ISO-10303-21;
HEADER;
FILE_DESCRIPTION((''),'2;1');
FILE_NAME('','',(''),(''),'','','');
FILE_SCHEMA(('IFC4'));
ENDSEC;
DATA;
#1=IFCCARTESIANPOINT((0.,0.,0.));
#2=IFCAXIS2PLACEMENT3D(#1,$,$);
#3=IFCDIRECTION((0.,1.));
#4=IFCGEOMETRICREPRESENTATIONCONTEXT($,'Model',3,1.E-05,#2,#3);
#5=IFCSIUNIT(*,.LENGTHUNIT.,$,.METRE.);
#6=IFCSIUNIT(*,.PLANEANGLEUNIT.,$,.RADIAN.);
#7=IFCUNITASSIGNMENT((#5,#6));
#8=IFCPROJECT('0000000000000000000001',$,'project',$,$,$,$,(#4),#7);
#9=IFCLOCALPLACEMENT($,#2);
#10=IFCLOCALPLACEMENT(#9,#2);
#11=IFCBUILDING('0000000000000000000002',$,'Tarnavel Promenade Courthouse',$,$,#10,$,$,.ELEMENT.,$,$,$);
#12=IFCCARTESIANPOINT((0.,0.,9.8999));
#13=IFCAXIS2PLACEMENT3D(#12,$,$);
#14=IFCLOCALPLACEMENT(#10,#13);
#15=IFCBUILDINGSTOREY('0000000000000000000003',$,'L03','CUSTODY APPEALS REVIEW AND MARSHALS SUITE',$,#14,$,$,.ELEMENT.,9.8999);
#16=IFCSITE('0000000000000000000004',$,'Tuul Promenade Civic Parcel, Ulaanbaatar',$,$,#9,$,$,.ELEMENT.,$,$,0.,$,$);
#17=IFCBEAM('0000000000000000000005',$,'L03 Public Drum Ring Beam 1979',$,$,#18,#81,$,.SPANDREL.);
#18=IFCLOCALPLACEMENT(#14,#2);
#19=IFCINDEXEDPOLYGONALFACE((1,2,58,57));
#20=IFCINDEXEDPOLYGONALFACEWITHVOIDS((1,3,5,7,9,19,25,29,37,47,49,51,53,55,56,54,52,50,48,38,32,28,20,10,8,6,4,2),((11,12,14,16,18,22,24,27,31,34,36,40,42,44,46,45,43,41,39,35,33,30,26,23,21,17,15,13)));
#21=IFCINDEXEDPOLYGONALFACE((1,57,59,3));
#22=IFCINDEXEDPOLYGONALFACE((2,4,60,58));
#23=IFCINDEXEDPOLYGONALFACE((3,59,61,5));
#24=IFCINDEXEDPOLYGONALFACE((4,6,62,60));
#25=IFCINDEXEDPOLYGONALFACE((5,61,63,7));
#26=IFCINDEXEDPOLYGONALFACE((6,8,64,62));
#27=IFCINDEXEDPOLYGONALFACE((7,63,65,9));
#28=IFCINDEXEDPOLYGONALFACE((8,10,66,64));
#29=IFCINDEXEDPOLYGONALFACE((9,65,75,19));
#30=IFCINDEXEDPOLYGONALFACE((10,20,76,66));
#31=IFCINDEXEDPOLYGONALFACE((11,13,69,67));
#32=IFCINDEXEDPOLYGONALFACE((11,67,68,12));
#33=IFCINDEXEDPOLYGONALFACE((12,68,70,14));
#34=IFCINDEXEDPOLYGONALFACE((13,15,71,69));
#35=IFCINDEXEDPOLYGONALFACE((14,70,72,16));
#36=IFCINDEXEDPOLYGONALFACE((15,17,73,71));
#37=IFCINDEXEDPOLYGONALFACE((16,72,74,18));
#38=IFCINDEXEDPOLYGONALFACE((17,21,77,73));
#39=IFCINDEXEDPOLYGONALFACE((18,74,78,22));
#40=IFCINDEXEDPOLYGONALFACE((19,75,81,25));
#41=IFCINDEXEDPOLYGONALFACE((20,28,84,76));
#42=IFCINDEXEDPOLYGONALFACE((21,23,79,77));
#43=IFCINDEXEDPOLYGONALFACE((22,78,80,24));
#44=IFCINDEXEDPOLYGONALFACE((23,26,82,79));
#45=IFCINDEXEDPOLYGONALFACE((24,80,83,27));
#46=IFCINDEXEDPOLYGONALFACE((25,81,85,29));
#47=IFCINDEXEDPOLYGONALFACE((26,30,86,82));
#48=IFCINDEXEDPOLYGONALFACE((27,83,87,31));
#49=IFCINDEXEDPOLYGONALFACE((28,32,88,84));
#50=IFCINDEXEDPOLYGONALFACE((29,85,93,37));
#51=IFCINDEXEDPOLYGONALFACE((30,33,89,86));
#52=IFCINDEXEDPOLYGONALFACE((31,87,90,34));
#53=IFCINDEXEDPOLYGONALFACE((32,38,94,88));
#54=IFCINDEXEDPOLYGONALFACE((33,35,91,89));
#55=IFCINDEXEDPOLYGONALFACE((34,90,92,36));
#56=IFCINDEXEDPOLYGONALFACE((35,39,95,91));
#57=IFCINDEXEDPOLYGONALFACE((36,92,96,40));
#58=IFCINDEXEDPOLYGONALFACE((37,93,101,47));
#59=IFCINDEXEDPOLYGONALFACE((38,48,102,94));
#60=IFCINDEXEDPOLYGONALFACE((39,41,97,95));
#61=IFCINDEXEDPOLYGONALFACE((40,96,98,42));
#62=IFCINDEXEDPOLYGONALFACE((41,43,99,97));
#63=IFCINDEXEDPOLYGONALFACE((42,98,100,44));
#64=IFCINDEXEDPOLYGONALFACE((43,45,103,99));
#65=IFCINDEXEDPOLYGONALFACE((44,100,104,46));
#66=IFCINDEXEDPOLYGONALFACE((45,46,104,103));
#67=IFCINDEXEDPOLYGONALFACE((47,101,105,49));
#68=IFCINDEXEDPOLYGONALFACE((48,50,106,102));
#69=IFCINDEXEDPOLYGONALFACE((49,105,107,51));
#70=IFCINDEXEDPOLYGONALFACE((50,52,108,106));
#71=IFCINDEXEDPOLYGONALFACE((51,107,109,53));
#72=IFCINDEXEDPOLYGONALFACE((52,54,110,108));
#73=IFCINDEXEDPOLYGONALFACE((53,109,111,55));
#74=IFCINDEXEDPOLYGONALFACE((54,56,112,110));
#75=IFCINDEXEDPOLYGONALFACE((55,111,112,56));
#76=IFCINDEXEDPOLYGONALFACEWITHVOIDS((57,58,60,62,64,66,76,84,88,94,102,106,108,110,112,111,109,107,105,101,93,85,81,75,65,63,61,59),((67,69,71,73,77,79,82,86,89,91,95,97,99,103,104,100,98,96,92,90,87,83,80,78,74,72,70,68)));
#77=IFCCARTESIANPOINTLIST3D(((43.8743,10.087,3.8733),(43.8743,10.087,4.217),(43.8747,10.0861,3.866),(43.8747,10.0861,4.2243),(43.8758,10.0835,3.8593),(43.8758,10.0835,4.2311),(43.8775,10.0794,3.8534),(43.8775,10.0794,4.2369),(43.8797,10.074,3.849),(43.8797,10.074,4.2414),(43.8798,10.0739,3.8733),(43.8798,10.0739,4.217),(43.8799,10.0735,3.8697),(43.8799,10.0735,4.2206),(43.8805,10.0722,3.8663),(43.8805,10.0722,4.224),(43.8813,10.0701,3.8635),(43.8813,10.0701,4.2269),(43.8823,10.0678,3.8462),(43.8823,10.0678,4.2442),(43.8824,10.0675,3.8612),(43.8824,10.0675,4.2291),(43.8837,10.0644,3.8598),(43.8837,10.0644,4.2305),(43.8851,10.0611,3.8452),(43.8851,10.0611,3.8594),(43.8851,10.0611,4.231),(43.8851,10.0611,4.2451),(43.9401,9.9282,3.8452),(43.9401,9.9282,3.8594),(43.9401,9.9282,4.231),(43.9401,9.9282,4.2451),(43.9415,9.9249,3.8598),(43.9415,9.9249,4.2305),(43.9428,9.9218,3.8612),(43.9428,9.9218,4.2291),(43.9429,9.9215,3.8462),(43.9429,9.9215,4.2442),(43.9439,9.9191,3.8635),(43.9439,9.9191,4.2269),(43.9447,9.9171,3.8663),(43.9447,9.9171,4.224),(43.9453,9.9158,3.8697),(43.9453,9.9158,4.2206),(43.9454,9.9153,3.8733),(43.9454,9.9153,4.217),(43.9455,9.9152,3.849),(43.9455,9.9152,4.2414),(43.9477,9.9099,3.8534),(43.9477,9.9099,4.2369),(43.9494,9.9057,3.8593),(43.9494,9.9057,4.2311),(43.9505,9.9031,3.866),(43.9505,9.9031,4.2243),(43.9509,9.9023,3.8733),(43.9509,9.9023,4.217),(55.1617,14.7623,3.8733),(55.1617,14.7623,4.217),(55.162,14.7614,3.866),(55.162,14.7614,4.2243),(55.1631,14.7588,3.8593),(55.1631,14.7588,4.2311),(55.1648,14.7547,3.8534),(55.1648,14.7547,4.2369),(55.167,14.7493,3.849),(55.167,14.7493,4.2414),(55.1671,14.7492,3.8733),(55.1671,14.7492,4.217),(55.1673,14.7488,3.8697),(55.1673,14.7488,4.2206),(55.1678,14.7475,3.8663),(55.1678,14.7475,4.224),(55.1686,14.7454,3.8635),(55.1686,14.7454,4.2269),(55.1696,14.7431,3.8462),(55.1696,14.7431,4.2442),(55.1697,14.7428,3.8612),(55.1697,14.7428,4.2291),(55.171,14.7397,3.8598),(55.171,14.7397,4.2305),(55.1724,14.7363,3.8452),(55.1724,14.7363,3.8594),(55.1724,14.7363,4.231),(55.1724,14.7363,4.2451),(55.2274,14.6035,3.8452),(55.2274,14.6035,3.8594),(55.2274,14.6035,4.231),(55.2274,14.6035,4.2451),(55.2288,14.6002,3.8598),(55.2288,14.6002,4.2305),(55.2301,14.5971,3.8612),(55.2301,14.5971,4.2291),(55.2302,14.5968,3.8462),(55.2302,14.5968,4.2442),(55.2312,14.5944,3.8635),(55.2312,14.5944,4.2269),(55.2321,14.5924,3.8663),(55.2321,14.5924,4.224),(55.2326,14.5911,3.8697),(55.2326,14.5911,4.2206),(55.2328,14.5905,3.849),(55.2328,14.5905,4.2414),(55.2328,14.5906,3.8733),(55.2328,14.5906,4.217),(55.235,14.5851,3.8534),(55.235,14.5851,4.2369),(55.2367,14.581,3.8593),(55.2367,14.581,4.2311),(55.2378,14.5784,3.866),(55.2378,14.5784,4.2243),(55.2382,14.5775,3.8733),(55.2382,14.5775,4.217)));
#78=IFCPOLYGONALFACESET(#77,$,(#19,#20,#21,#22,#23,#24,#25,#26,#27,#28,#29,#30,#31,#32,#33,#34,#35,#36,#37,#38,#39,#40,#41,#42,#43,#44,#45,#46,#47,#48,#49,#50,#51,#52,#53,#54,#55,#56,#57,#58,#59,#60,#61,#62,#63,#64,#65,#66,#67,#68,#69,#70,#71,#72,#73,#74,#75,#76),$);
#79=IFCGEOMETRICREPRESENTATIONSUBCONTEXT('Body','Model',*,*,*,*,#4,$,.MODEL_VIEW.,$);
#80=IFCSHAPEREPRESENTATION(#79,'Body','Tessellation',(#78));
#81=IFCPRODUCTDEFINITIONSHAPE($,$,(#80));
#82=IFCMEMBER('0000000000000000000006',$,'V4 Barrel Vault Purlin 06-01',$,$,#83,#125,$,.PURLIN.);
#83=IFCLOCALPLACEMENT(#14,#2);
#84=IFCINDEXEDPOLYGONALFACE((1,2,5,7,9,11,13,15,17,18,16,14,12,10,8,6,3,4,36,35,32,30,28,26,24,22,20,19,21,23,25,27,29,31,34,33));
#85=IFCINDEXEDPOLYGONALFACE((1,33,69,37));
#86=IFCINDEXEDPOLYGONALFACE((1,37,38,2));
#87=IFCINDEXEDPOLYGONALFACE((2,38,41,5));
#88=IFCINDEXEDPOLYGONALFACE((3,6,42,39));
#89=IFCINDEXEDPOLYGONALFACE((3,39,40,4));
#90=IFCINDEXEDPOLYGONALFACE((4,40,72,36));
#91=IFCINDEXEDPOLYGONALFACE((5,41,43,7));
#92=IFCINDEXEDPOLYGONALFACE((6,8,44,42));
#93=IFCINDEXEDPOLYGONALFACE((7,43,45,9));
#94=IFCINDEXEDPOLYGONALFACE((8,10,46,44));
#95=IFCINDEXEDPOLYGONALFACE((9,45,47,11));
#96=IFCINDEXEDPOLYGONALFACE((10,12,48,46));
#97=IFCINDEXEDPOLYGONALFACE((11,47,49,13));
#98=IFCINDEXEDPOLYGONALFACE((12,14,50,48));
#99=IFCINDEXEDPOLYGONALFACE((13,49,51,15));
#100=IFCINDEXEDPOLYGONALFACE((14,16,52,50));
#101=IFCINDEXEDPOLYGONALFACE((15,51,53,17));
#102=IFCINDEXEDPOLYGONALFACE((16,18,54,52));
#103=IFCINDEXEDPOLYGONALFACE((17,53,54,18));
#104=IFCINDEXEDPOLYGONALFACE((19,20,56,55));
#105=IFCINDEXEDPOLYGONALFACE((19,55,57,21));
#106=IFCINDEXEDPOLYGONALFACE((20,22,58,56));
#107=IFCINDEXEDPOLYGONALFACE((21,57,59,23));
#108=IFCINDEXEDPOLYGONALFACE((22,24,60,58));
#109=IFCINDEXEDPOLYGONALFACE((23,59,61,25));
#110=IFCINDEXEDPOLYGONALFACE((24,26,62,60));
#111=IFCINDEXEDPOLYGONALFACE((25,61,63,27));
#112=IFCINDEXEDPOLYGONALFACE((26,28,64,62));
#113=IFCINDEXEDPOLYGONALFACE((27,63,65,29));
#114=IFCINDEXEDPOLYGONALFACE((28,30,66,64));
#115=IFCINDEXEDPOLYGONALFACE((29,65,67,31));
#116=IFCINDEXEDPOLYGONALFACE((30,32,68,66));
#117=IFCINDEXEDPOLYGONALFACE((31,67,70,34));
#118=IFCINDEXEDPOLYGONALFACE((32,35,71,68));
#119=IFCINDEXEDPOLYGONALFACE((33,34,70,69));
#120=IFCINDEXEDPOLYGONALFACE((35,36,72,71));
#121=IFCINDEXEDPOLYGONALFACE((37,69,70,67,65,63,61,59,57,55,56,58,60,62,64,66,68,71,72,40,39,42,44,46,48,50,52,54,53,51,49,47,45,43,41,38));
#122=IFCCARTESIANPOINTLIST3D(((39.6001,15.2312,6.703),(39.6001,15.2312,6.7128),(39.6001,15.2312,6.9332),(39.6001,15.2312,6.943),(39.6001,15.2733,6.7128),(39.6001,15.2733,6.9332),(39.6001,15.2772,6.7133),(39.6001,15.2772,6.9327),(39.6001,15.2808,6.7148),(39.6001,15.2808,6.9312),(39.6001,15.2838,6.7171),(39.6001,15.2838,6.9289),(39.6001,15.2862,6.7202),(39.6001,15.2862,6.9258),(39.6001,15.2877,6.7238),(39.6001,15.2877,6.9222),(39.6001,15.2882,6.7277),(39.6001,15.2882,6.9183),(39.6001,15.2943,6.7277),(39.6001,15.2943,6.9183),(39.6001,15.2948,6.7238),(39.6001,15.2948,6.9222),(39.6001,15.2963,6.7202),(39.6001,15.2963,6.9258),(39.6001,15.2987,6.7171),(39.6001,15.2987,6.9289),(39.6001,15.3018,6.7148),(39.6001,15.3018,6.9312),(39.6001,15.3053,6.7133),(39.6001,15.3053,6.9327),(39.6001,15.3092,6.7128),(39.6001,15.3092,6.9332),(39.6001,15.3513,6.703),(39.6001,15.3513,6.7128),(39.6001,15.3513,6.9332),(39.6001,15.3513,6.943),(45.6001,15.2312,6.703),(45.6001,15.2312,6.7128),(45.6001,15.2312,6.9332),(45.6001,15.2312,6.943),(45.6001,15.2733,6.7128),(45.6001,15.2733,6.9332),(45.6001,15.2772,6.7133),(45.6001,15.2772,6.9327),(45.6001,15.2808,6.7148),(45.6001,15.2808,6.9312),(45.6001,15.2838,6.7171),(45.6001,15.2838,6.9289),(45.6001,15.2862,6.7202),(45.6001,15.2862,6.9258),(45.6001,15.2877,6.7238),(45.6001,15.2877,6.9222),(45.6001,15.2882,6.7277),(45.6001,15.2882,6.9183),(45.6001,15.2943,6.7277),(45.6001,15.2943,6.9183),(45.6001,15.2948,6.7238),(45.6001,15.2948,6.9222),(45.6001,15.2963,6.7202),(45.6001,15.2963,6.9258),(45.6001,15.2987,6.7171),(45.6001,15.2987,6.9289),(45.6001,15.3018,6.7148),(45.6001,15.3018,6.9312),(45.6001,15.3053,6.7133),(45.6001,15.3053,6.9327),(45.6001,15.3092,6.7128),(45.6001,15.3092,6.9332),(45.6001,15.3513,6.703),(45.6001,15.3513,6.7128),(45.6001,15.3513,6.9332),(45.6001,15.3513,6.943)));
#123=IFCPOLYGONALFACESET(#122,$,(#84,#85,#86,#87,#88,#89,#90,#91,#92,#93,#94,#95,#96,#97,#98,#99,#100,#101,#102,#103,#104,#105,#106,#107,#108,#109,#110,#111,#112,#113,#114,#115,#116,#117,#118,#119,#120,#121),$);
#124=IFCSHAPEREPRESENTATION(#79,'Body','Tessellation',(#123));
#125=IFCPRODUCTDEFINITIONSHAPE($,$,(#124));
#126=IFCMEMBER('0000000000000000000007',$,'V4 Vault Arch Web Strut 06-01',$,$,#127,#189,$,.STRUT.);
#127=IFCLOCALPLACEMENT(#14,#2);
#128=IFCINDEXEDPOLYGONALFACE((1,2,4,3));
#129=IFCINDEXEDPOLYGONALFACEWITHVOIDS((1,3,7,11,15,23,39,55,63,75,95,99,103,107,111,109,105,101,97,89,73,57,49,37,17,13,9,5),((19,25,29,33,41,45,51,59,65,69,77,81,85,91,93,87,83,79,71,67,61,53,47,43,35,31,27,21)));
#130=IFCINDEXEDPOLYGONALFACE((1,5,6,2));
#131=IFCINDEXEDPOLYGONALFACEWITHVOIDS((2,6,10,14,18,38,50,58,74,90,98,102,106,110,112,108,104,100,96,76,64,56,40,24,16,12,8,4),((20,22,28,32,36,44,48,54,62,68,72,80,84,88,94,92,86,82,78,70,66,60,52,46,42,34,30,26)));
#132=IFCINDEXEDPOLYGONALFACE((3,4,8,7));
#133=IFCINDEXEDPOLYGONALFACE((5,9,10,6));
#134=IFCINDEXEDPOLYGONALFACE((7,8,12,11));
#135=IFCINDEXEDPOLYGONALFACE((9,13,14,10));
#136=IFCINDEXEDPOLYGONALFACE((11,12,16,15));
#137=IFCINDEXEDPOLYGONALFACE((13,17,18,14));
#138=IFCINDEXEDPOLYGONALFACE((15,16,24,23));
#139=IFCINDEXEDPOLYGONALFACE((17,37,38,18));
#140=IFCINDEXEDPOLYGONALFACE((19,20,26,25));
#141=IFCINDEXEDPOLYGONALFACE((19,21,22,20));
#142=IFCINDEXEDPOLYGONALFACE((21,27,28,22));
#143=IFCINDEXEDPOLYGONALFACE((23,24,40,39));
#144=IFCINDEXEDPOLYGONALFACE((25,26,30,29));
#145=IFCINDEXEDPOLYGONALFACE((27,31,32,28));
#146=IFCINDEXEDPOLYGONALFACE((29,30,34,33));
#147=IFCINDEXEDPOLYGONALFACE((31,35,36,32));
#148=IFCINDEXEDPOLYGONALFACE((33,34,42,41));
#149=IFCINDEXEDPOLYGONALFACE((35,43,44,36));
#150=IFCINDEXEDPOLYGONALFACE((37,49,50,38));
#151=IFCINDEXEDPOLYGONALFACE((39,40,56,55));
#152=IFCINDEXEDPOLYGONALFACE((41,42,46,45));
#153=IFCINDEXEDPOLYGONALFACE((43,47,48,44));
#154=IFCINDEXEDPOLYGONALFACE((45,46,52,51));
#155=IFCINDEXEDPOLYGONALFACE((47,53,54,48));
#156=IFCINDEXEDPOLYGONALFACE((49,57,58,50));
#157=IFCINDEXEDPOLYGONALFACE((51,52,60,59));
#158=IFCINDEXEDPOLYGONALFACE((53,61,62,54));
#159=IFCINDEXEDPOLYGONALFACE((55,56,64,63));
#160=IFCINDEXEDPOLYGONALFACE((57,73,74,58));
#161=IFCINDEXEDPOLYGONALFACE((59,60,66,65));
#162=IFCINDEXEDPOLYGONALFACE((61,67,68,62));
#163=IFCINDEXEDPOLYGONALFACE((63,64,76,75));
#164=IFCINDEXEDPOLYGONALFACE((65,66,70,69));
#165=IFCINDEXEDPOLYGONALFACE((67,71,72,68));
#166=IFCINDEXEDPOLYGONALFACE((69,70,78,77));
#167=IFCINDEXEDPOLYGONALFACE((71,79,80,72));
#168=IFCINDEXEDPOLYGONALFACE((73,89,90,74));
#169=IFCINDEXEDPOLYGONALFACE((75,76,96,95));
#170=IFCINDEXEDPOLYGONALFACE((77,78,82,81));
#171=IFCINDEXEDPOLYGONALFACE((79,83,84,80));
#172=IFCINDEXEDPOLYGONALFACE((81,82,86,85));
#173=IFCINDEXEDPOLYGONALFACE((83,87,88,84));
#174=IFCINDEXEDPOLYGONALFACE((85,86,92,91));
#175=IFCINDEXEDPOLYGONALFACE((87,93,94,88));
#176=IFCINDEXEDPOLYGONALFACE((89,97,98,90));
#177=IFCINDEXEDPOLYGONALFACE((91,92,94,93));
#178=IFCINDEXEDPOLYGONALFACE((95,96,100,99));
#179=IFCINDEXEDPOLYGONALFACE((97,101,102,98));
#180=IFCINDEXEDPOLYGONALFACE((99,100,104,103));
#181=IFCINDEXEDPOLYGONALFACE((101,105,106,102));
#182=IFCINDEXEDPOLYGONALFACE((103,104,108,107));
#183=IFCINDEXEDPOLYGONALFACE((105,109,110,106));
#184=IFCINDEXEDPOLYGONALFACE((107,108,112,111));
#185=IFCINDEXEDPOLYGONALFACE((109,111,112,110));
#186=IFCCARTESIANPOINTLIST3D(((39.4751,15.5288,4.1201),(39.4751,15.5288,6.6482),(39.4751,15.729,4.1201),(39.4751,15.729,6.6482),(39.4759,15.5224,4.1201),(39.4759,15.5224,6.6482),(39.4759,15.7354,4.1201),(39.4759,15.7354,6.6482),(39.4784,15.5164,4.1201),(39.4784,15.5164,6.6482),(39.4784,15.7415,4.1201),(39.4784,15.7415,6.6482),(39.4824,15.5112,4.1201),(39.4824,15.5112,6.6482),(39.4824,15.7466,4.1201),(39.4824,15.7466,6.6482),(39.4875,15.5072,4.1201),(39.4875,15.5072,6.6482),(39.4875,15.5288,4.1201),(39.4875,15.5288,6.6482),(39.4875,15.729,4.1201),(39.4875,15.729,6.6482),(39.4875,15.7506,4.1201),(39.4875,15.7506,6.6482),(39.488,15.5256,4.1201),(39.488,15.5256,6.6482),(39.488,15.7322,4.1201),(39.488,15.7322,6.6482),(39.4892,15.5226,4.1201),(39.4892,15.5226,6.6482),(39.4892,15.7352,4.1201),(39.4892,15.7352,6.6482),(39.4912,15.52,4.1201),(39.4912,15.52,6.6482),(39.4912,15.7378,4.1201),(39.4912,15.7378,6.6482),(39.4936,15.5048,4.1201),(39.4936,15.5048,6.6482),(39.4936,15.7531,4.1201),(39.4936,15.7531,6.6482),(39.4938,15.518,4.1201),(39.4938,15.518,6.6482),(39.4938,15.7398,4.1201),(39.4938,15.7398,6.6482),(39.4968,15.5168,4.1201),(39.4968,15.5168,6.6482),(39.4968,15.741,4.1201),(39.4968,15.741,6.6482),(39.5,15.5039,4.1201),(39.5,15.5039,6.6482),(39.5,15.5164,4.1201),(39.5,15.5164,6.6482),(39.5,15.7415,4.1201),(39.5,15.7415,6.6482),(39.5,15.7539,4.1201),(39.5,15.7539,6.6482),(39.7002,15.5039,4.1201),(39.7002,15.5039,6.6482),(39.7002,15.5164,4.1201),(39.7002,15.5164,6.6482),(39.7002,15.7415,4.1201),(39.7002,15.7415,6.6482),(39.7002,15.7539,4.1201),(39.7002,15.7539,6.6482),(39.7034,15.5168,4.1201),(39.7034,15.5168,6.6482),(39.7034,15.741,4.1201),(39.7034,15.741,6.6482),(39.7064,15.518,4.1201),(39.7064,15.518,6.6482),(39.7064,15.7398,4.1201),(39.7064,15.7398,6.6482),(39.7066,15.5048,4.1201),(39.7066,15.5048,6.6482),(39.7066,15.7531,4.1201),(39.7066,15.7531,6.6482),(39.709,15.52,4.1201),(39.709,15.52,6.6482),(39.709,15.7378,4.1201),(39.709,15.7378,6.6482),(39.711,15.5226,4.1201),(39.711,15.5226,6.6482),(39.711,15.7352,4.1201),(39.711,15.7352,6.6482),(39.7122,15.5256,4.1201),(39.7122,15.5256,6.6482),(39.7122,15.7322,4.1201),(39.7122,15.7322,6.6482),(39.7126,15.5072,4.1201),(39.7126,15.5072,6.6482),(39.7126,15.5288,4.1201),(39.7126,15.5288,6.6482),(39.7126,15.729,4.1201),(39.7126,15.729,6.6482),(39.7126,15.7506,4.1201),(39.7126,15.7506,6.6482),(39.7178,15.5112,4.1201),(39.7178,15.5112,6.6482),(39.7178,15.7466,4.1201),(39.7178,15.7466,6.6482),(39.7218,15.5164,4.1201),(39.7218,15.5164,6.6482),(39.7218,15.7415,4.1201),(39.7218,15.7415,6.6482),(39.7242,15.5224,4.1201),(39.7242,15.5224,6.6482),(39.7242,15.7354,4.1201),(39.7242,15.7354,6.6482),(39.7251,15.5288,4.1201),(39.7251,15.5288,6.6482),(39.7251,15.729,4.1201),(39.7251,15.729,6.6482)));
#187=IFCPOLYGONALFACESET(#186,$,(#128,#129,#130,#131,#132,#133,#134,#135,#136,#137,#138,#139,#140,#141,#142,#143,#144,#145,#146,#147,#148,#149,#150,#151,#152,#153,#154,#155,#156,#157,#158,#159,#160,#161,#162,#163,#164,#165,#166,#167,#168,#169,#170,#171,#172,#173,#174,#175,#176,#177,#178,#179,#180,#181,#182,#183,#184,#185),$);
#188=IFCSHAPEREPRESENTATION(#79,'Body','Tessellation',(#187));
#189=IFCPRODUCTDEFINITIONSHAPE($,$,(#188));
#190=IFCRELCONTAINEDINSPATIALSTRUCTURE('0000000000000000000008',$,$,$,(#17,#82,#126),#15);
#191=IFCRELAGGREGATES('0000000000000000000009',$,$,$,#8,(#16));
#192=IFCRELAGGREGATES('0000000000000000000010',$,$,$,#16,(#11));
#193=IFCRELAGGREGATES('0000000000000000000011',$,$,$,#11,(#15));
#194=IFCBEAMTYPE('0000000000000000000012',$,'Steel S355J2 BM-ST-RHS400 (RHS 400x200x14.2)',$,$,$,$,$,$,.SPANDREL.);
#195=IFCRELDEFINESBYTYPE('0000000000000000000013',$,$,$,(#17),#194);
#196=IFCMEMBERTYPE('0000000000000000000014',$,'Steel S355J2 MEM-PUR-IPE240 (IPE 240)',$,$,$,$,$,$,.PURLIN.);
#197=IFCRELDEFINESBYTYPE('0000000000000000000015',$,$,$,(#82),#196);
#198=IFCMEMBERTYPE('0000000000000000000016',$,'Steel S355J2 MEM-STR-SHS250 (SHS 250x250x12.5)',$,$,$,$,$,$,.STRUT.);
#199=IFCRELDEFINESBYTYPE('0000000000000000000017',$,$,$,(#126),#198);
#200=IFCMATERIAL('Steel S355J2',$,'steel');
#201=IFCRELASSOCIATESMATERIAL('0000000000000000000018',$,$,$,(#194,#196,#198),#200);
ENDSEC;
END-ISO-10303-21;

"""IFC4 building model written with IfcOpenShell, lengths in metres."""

from ifc_helpers import new_model, si_unit, direction, frame, origin, origin_2d, place, context, subcontext, project, spatial, hollow_rectangle, i_section, extrude, material, material_profile, profile_set, type_object, element, save


model = new_model("IFC4")

# Units and contexts
model_context = context("Model", 3, precision=1e-05, world=origin(), true_north=direction((0.0, 1.0)))
body_context = subcontext(model_context, "Body", "Model", "MODEL_VIEW")
ifc_project = project(units=[si_unit("LENGTHUNIT", "METRE"), si_unit("PLANEANGLEUNIT", "RADIAN")], contexts=[model_context])

# Site, building, storey
site_placement = place(None, origin())
site = spatial("IfcSite", under=ifc_project, at=site_placement, Name="Tuul Promenade Civic Parcel, Ulaanbaatar", CompositionType="ELEMENT", RefElevation=0.0)
building_placement = place(site_placement, origin())
building = spatial("IfcBuilding", under=site, at=building_placement, Name="Tarnavel Promenade Courthouse", CompositionType="ELEMENT")
storey_placement = place(building_placement, frame((0.0, 0.0, 9.8999)))
storey = spatial("IfcBuildingStorey", under=building, at=storey_placement, Name="L03", Description="CUSTODY APPEALS REVIEW AND MARSHALS SUITE", CompositionType="ELEMENT", Elevation=9.8999)

# Beam
ifc_material_1 = material(Name="Steel S355J2", Category="steel")
ifc_material_profile_1 = material_profile(ifc_material_1, hollow_rectangle(XDim=0.2, YDim=0.3999, WallThickness=0.0142, InnerFilletRadius=0.0139, OuterFilletRadius=0.0281, at=origin_2d()), Name="RHS 400x200x14.2")
ifc_profile_set_1 = profile_set([ifc_material_profile_1], Name="Steel S355J2")
beam_type_1 = type_object("IfcBeamType", Name="Steel S355J2 BM-ST-RHS400 (RHS 400x200x14.2)", PredefinedType="SPANDREL", material=ifc_profile_set_1)
beam_1_placement = place(storey_placement, frame((43.9126, 9.9946, 4.0452), z_axis=(0.923882, 0.382678, 0.0), x_axis=(-0.382678, 0.923882, 0.0)))
element("IfcBeam", 1, at=beam_1_placement, inside=storey, type_object=beam_type_1, Name="L03 Public Drum Ring Beam 1979", PredefinedType="SPANDREL", context=body_context, shape_type="SweptSolid", body=[
    extrude(hollow_rectangle(XDim=0.2, YDim=0.3999, WallThickness=0.0142, InnerFilletRadius=0.0139, OuterFilletRadius=0.0281, at=origin_2d()), origin(), (0.0, 0.0, 1.0), 12.2173),
])

# Members
ifc_material_profile_2 = material_profile(ifc_material_1, i_section(OverallWidth=0.1201, OverallDepth=0.24, WebThickness=0.0061, FlangeThickness=0.0098, FilletRadius=0.0149, at=origin_2d()), Name="IPE 240")
ifc_profile_set_2 = profile_set([ifc_material_profile_2], Name="Steel S355J2")
member_type_1 = type_object("IfcMemberType", Name="Steel S355J2 MEM-PUR-IPE240 (IPE 240)", PredefinedType="PURLIN", material=ifc_profile_set_2)
member_1_placement = place(storey_placement, frame((39.6001, 15.2913, 6.823), z_axis=(1.0, 0.0, 0.0), x_axis=(0.0, 1.0, 0.0)))
element("IfcMember", 2, at=member_1_placement, inside=storey, type_object=member_type_1, Name="V4 Barrel Vault Purlin 06-01", PredefinedType="PURLIN", context=body_context, shape_type="SweptSolid", body=[
    extrude(i_section(OverallWidth=0.1201, OverallDepth=0.24, WebThickness=0.0061, FlangeThickness=0.0098, FilletRadius=0.0149, at=origin_2d()), origin(), (0.0, 0.0, 1.0), 6.0),
])
ifc_material_profile_3 = material_profile(ifc_material_1, hollow_rectangle(XDim=0.25, YDim=0.25, WallThickness=0.0125, InnerFilletRadius=0.0125, OuterFilletRadius=0.0249, at=origin_2d()), Name="SHS 250x250x12.5")
ifc_profile_set_3 = profile_set([ifc_material_profile_3], Name="Steel S355J2")
member_type_2 = type_object("IfcMemberType", Name="Steel S355J2 MEM-STR-SHS250 (SHS 250x250x12.5)", PredefinedType="STRUT", material=ifc_profile_set_3)
member_2_placement = place(storey_placement, frame((39.6001, 15.6289, 4.1201), z_axis=(0.0, 0.0, 1.0), x_axis=(1.0, 0.0, 0.0)))
element("IfcMember", 3, at=member_2_placement, inside=storey, type_object=member_type_2, Name="V4 Vault Arch Web Strut 06-01", PredefinedType="STRUT", context=body_context, shape_type="SweptSolid", body=[
    extrude(hollow_rectangle(XDim=0.25, YDim=0.25, WallThickness=0.0125, InnerFilletRadius=0.0125, OuterFilletRadius=0.0249, at=origin_2d()), origin(), (0.0, 0.0, 1.0), 2.5281),
])

save(model, "model.ifc")
